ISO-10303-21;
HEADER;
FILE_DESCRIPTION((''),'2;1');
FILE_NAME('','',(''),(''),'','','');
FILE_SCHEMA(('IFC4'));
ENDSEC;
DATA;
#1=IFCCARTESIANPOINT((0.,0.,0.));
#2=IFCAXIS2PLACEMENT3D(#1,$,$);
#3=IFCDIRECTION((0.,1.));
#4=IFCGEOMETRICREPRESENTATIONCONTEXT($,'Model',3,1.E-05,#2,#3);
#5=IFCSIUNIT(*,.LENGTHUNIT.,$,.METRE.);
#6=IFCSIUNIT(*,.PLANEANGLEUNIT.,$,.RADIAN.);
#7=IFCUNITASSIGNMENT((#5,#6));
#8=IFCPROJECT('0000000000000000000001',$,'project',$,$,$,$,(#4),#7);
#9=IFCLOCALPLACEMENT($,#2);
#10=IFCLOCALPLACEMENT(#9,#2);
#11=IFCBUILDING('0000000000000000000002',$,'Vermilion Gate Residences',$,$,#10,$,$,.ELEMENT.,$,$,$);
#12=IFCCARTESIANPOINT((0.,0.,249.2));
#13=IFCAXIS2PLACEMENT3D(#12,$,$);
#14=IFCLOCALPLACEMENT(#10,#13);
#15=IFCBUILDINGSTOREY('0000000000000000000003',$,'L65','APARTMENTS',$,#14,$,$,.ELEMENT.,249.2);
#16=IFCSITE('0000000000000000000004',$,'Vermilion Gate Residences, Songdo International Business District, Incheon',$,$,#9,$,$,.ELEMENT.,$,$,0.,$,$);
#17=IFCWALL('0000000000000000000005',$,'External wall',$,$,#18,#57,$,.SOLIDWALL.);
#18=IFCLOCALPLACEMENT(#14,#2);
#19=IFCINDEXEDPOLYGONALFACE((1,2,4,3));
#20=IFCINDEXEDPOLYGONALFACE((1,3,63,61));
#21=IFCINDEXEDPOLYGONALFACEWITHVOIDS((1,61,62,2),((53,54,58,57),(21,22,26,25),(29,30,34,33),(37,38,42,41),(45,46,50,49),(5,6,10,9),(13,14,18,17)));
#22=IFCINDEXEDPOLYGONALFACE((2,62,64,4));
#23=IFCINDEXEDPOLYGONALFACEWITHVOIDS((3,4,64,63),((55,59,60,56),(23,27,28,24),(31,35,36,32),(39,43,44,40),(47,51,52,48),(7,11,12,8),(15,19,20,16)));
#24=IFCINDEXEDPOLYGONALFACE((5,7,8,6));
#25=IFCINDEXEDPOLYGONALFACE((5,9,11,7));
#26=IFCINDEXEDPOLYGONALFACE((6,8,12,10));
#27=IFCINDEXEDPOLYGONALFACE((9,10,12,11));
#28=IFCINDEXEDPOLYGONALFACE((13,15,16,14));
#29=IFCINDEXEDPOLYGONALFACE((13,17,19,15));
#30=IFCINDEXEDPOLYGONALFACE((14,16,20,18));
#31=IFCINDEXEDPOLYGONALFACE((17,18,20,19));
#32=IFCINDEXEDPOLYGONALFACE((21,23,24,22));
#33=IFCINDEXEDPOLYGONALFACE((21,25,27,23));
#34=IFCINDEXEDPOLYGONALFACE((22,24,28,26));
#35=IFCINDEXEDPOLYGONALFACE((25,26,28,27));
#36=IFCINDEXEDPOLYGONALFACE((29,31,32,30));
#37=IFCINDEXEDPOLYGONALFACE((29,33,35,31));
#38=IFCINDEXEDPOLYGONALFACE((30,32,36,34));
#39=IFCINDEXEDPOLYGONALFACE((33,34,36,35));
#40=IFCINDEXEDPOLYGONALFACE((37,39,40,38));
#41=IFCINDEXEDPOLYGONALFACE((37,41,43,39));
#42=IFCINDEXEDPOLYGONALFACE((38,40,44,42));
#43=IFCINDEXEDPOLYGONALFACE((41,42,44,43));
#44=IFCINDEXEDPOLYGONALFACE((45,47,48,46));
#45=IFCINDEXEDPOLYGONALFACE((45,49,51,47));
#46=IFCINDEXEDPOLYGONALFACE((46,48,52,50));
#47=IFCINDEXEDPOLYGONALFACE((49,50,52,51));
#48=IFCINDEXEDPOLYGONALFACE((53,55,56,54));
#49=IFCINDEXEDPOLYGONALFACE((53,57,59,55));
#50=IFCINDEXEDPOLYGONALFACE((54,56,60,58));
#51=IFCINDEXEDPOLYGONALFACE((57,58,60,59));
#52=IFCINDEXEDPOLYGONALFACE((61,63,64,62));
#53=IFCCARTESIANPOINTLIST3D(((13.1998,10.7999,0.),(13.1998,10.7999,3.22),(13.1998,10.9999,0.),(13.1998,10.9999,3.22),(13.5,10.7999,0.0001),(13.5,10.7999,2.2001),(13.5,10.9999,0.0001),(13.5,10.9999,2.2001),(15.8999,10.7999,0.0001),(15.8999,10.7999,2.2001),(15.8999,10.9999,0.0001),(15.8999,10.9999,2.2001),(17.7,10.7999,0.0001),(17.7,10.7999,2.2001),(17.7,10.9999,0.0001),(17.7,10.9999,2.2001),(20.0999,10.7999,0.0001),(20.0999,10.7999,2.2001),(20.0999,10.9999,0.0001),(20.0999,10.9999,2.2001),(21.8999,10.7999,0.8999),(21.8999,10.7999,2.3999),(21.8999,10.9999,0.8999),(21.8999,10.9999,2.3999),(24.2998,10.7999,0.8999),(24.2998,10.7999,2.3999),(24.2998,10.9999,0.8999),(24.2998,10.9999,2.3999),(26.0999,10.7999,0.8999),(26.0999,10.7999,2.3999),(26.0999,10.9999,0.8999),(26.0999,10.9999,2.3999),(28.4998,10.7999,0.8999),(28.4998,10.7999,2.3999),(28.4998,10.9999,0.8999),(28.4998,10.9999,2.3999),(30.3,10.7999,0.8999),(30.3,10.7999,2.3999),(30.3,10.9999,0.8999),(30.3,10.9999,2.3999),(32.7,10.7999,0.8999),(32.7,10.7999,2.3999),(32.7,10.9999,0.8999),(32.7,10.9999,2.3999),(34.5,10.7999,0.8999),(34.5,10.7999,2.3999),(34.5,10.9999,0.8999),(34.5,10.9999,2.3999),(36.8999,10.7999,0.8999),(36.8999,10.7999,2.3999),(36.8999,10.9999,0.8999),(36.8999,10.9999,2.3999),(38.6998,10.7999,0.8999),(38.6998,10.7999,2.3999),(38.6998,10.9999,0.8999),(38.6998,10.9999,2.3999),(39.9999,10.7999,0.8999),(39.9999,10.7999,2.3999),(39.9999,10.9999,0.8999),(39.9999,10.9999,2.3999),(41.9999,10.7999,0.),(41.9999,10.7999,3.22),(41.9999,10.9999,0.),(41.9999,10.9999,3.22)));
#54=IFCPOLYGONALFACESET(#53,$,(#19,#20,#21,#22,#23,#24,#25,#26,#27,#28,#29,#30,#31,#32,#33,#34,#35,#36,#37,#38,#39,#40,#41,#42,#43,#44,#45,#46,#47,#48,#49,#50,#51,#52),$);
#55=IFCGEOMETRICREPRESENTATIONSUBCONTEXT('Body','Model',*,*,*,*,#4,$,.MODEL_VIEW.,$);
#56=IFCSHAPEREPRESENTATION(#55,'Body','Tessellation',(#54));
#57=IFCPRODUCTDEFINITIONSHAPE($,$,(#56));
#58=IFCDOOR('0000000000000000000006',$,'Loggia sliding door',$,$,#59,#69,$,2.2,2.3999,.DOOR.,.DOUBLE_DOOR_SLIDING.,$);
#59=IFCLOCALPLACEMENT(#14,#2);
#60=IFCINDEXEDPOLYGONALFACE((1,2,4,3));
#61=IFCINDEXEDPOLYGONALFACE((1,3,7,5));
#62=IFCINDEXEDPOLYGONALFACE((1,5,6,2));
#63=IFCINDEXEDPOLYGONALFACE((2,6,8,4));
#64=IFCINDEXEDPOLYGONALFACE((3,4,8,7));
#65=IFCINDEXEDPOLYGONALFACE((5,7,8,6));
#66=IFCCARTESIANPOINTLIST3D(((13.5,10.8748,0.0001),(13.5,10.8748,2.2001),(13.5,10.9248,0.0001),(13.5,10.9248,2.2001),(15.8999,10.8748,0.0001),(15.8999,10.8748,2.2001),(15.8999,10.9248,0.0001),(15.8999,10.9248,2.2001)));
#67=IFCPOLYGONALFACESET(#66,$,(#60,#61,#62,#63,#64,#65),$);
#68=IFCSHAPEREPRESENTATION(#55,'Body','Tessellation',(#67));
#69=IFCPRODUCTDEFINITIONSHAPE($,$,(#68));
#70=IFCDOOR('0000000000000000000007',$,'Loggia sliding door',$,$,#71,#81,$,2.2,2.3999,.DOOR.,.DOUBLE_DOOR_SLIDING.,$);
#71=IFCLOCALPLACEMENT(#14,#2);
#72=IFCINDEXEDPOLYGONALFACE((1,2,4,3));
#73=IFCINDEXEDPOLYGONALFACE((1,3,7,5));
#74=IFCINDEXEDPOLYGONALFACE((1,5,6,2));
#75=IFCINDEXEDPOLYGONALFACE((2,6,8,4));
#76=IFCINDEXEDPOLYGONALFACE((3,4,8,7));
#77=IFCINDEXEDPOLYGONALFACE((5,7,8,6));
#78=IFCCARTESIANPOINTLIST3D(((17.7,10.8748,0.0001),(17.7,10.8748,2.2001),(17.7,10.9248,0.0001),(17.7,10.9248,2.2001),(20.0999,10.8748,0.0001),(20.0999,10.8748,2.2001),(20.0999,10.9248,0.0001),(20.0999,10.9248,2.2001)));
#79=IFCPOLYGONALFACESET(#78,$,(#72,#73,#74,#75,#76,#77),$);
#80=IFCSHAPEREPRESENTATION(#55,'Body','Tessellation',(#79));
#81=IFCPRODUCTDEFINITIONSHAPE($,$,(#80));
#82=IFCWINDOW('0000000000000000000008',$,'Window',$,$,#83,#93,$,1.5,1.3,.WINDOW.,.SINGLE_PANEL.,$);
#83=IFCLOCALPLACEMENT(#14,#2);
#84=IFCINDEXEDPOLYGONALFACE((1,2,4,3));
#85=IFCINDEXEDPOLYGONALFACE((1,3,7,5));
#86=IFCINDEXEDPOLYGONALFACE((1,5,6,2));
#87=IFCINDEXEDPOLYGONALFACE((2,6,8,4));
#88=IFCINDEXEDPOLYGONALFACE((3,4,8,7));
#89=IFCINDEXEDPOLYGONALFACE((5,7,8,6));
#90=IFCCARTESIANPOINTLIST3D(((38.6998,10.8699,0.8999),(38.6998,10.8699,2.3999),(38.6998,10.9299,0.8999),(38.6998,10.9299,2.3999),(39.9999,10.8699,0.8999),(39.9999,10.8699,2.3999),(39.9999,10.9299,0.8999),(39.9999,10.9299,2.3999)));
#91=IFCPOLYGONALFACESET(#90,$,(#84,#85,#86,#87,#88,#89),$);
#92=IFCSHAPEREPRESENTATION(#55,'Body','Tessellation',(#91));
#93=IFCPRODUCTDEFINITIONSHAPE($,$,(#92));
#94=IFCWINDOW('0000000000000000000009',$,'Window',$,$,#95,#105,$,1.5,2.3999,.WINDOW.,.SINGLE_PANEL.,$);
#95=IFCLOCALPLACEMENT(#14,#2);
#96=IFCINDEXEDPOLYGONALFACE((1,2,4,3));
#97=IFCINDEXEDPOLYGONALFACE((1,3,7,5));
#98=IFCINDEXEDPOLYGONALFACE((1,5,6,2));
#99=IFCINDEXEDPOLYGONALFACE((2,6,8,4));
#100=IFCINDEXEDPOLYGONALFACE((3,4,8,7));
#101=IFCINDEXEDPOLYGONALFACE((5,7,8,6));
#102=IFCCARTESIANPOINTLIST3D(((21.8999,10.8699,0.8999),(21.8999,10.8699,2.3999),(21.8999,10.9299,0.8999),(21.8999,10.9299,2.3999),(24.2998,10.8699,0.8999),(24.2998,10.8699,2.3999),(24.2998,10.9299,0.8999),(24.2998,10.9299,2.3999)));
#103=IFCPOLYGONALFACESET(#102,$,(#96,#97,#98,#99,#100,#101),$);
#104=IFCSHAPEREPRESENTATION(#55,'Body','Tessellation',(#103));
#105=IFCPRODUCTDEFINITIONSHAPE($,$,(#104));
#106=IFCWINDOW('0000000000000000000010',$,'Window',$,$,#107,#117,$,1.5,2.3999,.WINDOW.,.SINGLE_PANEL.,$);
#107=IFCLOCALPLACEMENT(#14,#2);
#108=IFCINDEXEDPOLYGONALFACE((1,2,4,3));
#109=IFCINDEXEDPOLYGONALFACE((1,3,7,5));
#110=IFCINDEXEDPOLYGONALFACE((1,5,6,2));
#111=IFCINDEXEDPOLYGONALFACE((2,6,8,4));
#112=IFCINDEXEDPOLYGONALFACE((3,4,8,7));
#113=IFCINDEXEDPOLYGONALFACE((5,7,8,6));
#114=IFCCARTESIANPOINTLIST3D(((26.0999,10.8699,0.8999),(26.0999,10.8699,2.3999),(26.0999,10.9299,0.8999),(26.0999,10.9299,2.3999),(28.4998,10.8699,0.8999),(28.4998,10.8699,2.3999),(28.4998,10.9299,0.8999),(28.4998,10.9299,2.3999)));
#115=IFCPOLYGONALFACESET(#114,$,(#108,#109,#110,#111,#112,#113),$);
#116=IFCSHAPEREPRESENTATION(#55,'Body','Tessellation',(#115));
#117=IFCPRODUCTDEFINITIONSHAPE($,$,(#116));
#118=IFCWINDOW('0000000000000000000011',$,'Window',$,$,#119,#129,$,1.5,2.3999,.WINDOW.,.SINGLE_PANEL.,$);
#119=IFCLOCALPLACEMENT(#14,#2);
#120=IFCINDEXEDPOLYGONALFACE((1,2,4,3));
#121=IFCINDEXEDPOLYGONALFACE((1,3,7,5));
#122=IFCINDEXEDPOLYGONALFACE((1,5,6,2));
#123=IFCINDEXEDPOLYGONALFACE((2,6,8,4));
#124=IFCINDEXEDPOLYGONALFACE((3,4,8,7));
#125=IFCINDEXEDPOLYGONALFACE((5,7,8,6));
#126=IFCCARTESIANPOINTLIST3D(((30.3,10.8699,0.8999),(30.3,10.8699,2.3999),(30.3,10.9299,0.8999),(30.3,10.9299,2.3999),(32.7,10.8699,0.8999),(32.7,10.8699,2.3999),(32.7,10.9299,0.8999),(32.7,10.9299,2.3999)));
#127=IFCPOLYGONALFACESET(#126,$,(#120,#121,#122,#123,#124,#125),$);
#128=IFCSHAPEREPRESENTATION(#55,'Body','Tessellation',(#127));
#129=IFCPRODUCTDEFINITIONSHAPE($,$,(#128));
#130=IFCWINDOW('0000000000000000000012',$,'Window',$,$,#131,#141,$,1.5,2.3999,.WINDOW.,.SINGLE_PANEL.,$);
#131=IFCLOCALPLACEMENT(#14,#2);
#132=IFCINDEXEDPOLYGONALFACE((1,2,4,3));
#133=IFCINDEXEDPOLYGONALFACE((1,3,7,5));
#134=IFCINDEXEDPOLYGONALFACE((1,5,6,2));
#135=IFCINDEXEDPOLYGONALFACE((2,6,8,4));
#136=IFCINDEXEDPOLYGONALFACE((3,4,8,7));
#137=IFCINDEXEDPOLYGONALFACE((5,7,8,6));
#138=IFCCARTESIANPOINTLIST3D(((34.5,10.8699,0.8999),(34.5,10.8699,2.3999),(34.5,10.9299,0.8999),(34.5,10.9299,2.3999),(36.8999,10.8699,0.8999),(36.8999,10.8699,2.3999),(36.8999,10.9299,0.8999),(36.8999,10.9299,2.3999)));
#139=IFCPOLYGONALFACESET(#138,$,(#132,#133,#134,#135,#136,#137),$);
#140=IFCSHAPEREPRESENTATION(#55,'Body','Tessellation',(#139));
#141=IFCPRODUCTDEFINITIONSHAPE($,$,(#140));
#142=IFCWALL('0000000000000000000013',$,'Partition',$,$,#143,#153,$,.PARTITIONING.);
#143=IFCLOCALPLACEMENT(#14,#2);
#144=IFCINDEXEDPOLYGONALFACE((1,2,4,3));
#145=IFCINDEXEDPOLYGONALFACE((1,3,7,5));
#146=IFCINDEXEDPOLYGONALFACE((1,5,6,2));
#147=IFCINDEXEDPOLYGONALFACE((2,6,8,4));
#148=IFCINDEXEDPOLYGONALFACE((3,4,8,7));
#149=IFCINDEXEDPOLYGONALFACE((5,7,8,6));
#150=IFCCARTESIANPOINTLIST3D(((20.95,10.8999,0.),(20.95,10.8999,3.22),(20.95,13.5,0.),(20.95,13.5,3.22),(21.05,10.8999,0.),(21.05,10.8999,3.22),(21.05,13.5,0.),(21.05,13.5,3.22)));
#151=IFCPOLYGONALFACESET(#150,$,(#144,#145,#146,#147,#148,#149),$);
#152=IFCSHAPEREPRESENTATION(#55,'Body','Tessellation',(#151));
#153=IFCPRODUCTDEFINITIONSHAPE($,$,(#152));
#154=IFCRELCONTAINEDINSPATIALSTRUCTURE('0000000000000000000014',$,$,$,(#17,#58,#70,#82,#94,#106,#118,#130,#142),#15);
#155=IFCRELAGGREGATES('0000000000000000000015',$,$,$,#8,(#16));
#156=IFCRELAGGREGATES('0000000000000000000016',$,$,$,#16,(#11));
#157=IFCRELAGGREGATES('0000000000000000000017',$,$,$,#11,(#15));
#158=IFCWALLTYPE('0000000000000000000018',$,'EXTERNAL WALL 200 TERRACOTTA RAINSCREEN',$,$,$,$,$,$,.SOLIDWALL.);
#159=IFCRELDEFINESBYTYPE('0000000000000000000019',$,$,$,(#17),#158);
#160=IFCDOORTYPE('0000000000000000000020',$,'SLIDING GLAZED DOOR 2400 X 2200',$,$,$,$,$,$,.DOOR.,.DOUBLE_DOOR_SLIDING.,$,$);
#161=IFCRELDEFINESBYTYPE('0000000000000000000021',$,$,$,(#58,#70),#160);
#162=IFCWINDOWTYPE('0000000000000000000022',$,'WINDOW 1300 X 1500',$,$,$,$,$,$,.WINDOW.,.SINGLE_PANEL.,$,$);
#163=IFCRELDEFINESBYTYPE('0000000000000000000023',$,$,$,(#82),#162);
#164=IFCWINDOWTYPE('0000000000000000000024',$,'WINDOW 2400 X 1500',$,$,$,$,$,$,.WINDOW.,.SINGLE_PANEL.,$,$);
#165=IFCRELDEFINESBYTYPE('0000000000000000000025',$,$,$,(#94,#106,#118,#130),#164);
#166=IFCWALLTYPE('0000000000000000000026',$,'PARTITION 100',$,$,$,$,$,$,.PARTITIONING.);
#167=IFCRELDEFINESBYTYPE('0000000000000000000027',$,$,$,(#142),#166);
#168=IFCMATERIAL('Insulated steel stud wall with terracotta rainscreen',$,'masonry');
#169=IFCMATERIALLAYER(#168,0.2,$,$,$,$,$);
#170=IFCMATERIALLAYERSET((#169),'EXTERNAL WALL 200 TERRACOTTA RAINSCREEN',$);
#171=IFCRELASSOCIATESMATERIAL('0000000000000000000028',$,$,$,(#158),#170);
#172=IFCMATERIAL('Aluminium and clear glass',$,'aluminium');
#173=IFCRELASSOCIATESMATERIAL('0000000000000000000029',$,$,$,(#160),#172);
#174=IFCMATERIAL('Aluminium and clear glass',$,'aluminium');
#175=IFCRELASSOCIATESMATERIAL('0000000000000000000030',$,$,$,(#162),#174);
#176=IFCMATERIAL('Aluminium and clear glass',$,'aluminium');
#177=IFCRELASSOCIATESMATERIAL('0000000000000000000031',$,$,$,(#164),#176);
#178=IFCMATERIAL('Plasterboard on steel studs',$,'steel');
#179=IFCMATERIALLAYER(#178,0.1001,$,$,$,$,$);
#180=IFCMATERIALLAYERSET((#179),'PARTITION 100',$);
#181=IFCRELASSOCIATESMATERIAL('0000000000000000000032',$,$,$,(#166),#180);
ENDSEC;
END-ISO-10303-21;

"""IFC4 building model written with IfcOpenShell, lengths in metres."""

from ifc_helpers import new_model, si_unit, direction, frame, frame_2d, origin, place, context, subcontext, project, spatial, rectangle, extrude, material, layer, layer_set, type_object, element, fill, save


model = new_model("IFC4")

# Units and contexts
model_context = context("Model", 3, precision=1e-05, world=origin(), true_north=direction((0.0, 1.0)))
body_context = subcontext(model_context, "Body", "Model", "MODEL_VIEW")
ifc_project = project(units=[si_unit("LENGTHUNIT", "METRE"), si_unit("PLANEANGLEUNIT", "RADIAN")], contexts=[model_context])

# Site, building, storey
site_placement = place(None, origin())
site = spatial("IfcSite", under=ifc_project, at=site_placement, Name="Vermilion Gate Residences, Songdo International Business District, Incheon", CompositionType="ELEMENT", RefElevation=0.0)
building_placement = place(site_placement, origin())
building = spatial("IfcBuilding", under=site, at=building_placement, Name="Vermilion Gate Residences", CompositionType="ELEMENT")
storey_placement = place(building_placement, frame((0.0, 0.0, 249.2)))
storey = spatial("IfcBuildingStorey", under=building, at=storey_placement, Name="L65", Description="APARTMENTS", CompositionType="ELEMENT", Elevation=249.2)

# Shared definitions
ifc_material_1 = material(Name="Insulated steel stud wall with terracotta rainscreen", Category="masonry")
ifc_layer_1 = layer(ifc_material_1, 0.2)
ifc_layer_set_1 = layer_set([ifc_layer_1], Name="EXTERNAL WALL 200 TERRACOTTA RAINSCREEN")
wall_type_1 = type_object("IfcWallType", Name="EXTERNAL WALL 200 TERRACOTTA RAINSCREEN", PredefinedType="SOLIDWALL", material=ifc_layer_set_1)

# Wall, openings, doors, windows
wall_1_placement = place(storey_placement, frame((13.2, 10.8999, 0.0), z_axis=(0.0, 0.0, 1.0), x_axis=(1.0, 0.0, 0.0)))
wall_1 = element("IfcWall", 1, at=wall_1_placement, inside=storey, type_object=wall_type_1, Name="External wall", PredefinedType="SOLIDWALL", context=body_context, shape_type="SweptSolid", body=[
    extrude(rectangle(XDim=28.8, YDim=0.2, at=frame_2d((14.3999, 0.0))), origin(), (0.0, 0.0, 1.0), 3.22),
])
opening_1_placement = place(wall_1_placement, frame((0.3, 0.0, 0.0)))
opening_1 = element("IfcOpeningElement", 2, at=opening_1_placement, cuts=wall_1, PredefinedType="OPENING", context=body_context, shape_type="SweptSolid", body=[
    extrude(rectangle(XDim=2.3999, YDim=2.2, at=frame_2d((1.2, 1.1001))), frame((0.0, 0.1099, 0.0), z_axis=(0.0, -1.0, 0.0), x_axis=(1.0, 0.0, 0.0)), (0.0, 0.0, 1.0), 0.22),
])
opening_2_placement = place(wall_1_placement, frame((4.5, 0.0, 0.0)))
opening_2 = element("IfcOpeningElement", 3, at=opening_2_placement, cuts=wall_1, PredefinedType="OPENING", context=body_context, shape_type="SweptSolid", body=[
    extrude(rectangle(XDim=2.3999, YDim=2.2, at=frame_2d((1.2, 1.1001))), frame((0.0, 0.1099, 0.0), z_axis=(0.0, -1.0, 0.0), x_axis=(1.0, 0.0, 0.0)), (0.0, 0.0, 1.0), 0.22),
])
opening_3_placement = place(wall_1_placement, frame((8.7, 0.0, 0.8999)))
opening_3 = element("IfcOpeningElement", 4, at=opening_3_placement, cuts=wall_1, PredefinedType="OPENING", context=body_context, shape_type="SweptSolid", body=[
    extrude(rectangle(XDim=2.3999, YDim=1.5, at=frame_2d((1.2, 0.75))), frame((0.0, 0.1099, 0.0), z_axis=(0.0, -1.0, 0.0), x_axis=(1.0, 0.0, 0.0)), (0.0, 0.0, 1.0), 0.22),
])
opening_4_placement = place(wall_1_placement, frame((12.8999, 0.0, 0.8999)))
opening_4 = element("IfcOpeningElement", 5, at=opening_4_placement, cuts=wall_1, PredefinedType="OPENING", context=body_context, shape_type="SweptSolid", body=[
    extrude(rectangle(XDim=2.3999, YDim=1.5, at=frame_2d((1.2, 0.75))), frame((0.0, 0.1099, 0.0), z_axis=(0.0, -1.0, 0.0), x_axis=(1.0, 0.0, 0.0)), (0.0, 0.0, 1.0), 0.22),
])
opening_5_placement = place(wall_1_placement, frame((17.1001, 0.0, 0.8999)))
opening_5 = element("IfcOpeningElement", 6, at=opening_5_placement, cuts=wall_1, PredefinedType="OPENING", context=body_context, shape_type="SweptSolid", body=[
    extrude(rectangle(XDim=2.3999, YDim=1.5, at=frame_2d((1.2, 0.75))), frame((0.0, 0.1099, 0.0), z_axis=(0.0, -1.0, 0.0), x_axis=(1.0, 0.0, 0.0)), (0.0, 0.0, 1.0), 0.22),
])
opening_6_placement = place(wall_1_placement, frame((21.3, 0.0, 0.8999)))
opening_6 = element("IfcOpeningElement", 7, at=opening_6_placement, cuts=wall_1, PredefinedType="OPENING", context=body_context, shape_type="SweptSolid", body=[
    extrude(rectangle(XDim=2.3999, YDim=1.5, at=frame_2d((1.2, 0.75))), frame((0.0, 0.1099, 0.0), z_axis=(0.0, -1.0, 0.0), x_axis=(1.0, 0.0, 0.0)), (0.0, 0.0, 1.0), 0.22),
])
opening_7_placement = place(wall_1_placement, frame((25.5, 0.0, 0.8999)))
opening_7 = element("IfcOpeningElement", 8, at=opening_7_placement, cuts=wall_1, PredefinedType="OPENING", context=body_context, shape_type="SweptSolid", body=[
    extrude(rectangle(XDim=1.3, YDim=1.5, at=frame_2d((0.6499, 0.75))), frame((0.0, 0.1099, 0.0), z_axis=(0.0, -1.0, 0.0), x_axis=(1.0, 0.0, 0.0)), (0.0, 0.0, 1.0), 0.22),
])
ifc_material_2 = material(Name="Aluminium and clear glass", Category="aluminium")
door_type = type_object("IfcDoorType", Name="SLIDING GLAZED DOOR 2400 X 2200", OperationType="DOUBLE_DOOR_SLIDING", PredefinedType="DOOR", material=ifc_material_2)
door_1_placement = place(opening_1_placement, origin())
door_1 = element("IfcDoor", 9, at=door_1_placement, inside=storey, type_object=door_type, Name="Loggia sliding door", OperationType="DOUBLE_DOOR_SLIDING", OverallHeight=2.2, OverallWidth=2.3999, PredefinedType="DOOR", context=body_context, shape_type="SweptSolid", body=[
    extrude(rectangle(XDim=2.3999, YDim=2.2, at=frame_2d((1.2, 1.1001))), frame((0.0, 0.0249, 0.0), z_axis=(0.0, -1.0, 0.0), x_axis=(1.0, 0.0, 0.0)), (0.0, 0.0, 1.0), 0.05),
])
fill(opening_1, door_1)
door_2_placement = place(opening_2_placement, origin())
door_2 = element("IfcDoor", 10, at=door_2_placement, inside=storey, type_object=door_type, Name="Loggia sliding door", OperationType="DOUBLE_DOOR_SLIDING", OverallHeight=2.2, OverallWidth=2.3999, PredefinedType="DOOR", context=body_context, shape_type="SweptSolid", body=[
    extrude(rectangle(XDim=2.3999, YDim=2.2, at=frame_2d((1.2, 1.1001))), frame((0.0, 0.0249, 0.0), z_axis=(0.0, -1.0, 0.0), x_axis=(1.0, 0.0, 0.0)), (0.0, 0.0, 1.0), 0.05),
])
fill(opening_2, door_2)
ifc_material_3 = material(Name="Aluminium and clear glass", Category="aluminium")
window_type_1 = type_object("IfcWindowType", Name="WINDOW 1300 X 1500", PartitioningType="SINGLE_PANEL", PredefinedType="WINDOW", material=ifc_material_3)
window_1_placement = place(opening_7_placement, origin())
window_1 = element("IfcWindow", 11, at=window_1_placement, inside=storey, type_object=window_type_1, Name="Window", OverallHeight=1.5, OverallWidth=1.3, PartitioningType="SINGLE_PANEL", PredefinedType="WINDOW", context=body_context, shape_type="SweptSolid", body=[
    extrude(rectangle(XDim=1.3, YDim=1.5, at=frame_2d((0.6499, 0.75))), frame((0.0, 0.03, 0.0), z_axis=(0.0, -1.0, 0.0), x_axis=(1.0, 0.0, 0.0)), (0.0, 0.0, 1.0), 0.0601),
])
fill(opening_7, window_1)
ifc_material_4 = material(Name="Aluminium and clear glass", Category="aluminium")
window_type_2 = type_object("IfcWindowType", Name="WINDOW 2400 X 1500", PartitioningType="SINGLE_PANEL", PredefinedType="WINDOW", material=ifc_material_4)
window_2_placement = place(opening_3_placement, origin())
window_2 = element("IfcWindow", 12, at=window_2_placement, inside=storey, type_object=window_type_2, Name="Window", OverallHeight=1.5, OverallWidth=2.3999, PartitioningType="SINGLE_PANEL", PredefinedType="WINDOW", context=body_context, shape_type="SweptSolid", body=[
    extrude(rectangle(XDim=2.3999, YDim=1.5, at=frame_2d((1.2, 0.75))), frame((0.0, 0.03, 0.0), z_axis=(0.0, -1.0, 0.0), x_axis=(1.0, 0.0, 0.0)), (0.0, 0.0, 1.0), 0.0601),
])
fill(opening_3, window_2)
window_3_placement = place(opening_4_placement, origin())
window_3 = element("IfcWindow", 13, at=window_3_placement, inside=storey, type_object=window_type_2, Name="Window", OverallHeight=1.5, OverallWidth=2.3999, PartitioningType="SINGLE_PANEL", PredefinedType="WINDOW", context=body_context, shape_type="SweptSolid", body=[
    extrude(rectangle(XDim=2.3999, YDim=1.5, at=frame_2d((1.2, 0.75))), frame((0.0, 0.03, 0.0), z_axis=(0.0, -1.0, 0.0), x_axis=(1.0, 0.0, 0.0)), (0.0, 0.0, 1.0), 0.0601),
])
fill(opening_4, window_3)
window_4_placement = place(opening_5_placement, origin())
window_4 = element("IfcWindow", 14, at=window_4_placement, inside=storey, type_object=window_type_2, Name="Window", OverallHeight=1.5, OverallWidth=2.3999, PartitioningType="SINGLE_PANEL", PredefinedType="WINDOW", context=body_context, shape_type="SweptSolid", body=[
    extrude(rectangle(XDim=2.3999, YDim=1.5, at=frame_2d((1.2, 0.75))), frame((0.0, 0.03, 0.0), z_axis=(0.0, -1.0, 0.0), x_axis=(1.0, 0.0, 0.0)), (0.0, 0.0, 1.0), 0.0601),
])
fill(opening_5, window_4)
window_5_placement = place(opening_6_placement, origin())
window_5 = element("IfcWindow", 15, at=window_5_placement, inside=storey, type_object=window_type_2, Name="Window", OverallHeight=1.5, OverallWidth=2.3999, PartitioningType="SINGLE_PANEL", PredefinedType="WINDOW", context=body_context, shape_type="SweptSolid", body=[
    extrude(rectangle(XDim=2.3999, YDim=1.5, at=frame_2d((1.2, 0.75))), frame((0.0, 0.03, 0.0), z_axis=(0.0, -1.0, 0.0), x_axis=(1.0, 0.0, 0.0)), (0.0, 0.0, 1.0), 0.0601),
])
fill(opening_6, window_5)

# Wall
ifc_material_5 = material(Name="Plasterboard on steel studs", Category="steel")
ifc_layer_2 = layer(ifc_material_5, 0.1001)
ifc_layer_set_2 = layer_set([ifc_layer_2], Name="PARTITION 100")
wall_type_2 = type_object("IfcWallType", Name="PARTITION 100", PredefinedType="PARTITIONING", material=ifc_layer_set_2)
wall_2_placement = place(storey_placement, frame((21.0, 10.8999, 0.0), z_axis=(0.0, 0.0, 1.0), x_axis=(0.0, 1.0, 0.0)))
element("IfcWall", 16, at=wall_2_placement, inside=storey, type_object=wall_type_2, Name="Partition", PredefinedType="PARTITIONING", context=body_context, shape_type="SweptSolid", body=[
    extrude(rectangle(XDim=2.6001, YDim=0.1001, at=frame_2d((1.3, 0.0))), origin(), (0.0, 0.0, 1.0), 3.22),
])

save(model, "model.ifc")
